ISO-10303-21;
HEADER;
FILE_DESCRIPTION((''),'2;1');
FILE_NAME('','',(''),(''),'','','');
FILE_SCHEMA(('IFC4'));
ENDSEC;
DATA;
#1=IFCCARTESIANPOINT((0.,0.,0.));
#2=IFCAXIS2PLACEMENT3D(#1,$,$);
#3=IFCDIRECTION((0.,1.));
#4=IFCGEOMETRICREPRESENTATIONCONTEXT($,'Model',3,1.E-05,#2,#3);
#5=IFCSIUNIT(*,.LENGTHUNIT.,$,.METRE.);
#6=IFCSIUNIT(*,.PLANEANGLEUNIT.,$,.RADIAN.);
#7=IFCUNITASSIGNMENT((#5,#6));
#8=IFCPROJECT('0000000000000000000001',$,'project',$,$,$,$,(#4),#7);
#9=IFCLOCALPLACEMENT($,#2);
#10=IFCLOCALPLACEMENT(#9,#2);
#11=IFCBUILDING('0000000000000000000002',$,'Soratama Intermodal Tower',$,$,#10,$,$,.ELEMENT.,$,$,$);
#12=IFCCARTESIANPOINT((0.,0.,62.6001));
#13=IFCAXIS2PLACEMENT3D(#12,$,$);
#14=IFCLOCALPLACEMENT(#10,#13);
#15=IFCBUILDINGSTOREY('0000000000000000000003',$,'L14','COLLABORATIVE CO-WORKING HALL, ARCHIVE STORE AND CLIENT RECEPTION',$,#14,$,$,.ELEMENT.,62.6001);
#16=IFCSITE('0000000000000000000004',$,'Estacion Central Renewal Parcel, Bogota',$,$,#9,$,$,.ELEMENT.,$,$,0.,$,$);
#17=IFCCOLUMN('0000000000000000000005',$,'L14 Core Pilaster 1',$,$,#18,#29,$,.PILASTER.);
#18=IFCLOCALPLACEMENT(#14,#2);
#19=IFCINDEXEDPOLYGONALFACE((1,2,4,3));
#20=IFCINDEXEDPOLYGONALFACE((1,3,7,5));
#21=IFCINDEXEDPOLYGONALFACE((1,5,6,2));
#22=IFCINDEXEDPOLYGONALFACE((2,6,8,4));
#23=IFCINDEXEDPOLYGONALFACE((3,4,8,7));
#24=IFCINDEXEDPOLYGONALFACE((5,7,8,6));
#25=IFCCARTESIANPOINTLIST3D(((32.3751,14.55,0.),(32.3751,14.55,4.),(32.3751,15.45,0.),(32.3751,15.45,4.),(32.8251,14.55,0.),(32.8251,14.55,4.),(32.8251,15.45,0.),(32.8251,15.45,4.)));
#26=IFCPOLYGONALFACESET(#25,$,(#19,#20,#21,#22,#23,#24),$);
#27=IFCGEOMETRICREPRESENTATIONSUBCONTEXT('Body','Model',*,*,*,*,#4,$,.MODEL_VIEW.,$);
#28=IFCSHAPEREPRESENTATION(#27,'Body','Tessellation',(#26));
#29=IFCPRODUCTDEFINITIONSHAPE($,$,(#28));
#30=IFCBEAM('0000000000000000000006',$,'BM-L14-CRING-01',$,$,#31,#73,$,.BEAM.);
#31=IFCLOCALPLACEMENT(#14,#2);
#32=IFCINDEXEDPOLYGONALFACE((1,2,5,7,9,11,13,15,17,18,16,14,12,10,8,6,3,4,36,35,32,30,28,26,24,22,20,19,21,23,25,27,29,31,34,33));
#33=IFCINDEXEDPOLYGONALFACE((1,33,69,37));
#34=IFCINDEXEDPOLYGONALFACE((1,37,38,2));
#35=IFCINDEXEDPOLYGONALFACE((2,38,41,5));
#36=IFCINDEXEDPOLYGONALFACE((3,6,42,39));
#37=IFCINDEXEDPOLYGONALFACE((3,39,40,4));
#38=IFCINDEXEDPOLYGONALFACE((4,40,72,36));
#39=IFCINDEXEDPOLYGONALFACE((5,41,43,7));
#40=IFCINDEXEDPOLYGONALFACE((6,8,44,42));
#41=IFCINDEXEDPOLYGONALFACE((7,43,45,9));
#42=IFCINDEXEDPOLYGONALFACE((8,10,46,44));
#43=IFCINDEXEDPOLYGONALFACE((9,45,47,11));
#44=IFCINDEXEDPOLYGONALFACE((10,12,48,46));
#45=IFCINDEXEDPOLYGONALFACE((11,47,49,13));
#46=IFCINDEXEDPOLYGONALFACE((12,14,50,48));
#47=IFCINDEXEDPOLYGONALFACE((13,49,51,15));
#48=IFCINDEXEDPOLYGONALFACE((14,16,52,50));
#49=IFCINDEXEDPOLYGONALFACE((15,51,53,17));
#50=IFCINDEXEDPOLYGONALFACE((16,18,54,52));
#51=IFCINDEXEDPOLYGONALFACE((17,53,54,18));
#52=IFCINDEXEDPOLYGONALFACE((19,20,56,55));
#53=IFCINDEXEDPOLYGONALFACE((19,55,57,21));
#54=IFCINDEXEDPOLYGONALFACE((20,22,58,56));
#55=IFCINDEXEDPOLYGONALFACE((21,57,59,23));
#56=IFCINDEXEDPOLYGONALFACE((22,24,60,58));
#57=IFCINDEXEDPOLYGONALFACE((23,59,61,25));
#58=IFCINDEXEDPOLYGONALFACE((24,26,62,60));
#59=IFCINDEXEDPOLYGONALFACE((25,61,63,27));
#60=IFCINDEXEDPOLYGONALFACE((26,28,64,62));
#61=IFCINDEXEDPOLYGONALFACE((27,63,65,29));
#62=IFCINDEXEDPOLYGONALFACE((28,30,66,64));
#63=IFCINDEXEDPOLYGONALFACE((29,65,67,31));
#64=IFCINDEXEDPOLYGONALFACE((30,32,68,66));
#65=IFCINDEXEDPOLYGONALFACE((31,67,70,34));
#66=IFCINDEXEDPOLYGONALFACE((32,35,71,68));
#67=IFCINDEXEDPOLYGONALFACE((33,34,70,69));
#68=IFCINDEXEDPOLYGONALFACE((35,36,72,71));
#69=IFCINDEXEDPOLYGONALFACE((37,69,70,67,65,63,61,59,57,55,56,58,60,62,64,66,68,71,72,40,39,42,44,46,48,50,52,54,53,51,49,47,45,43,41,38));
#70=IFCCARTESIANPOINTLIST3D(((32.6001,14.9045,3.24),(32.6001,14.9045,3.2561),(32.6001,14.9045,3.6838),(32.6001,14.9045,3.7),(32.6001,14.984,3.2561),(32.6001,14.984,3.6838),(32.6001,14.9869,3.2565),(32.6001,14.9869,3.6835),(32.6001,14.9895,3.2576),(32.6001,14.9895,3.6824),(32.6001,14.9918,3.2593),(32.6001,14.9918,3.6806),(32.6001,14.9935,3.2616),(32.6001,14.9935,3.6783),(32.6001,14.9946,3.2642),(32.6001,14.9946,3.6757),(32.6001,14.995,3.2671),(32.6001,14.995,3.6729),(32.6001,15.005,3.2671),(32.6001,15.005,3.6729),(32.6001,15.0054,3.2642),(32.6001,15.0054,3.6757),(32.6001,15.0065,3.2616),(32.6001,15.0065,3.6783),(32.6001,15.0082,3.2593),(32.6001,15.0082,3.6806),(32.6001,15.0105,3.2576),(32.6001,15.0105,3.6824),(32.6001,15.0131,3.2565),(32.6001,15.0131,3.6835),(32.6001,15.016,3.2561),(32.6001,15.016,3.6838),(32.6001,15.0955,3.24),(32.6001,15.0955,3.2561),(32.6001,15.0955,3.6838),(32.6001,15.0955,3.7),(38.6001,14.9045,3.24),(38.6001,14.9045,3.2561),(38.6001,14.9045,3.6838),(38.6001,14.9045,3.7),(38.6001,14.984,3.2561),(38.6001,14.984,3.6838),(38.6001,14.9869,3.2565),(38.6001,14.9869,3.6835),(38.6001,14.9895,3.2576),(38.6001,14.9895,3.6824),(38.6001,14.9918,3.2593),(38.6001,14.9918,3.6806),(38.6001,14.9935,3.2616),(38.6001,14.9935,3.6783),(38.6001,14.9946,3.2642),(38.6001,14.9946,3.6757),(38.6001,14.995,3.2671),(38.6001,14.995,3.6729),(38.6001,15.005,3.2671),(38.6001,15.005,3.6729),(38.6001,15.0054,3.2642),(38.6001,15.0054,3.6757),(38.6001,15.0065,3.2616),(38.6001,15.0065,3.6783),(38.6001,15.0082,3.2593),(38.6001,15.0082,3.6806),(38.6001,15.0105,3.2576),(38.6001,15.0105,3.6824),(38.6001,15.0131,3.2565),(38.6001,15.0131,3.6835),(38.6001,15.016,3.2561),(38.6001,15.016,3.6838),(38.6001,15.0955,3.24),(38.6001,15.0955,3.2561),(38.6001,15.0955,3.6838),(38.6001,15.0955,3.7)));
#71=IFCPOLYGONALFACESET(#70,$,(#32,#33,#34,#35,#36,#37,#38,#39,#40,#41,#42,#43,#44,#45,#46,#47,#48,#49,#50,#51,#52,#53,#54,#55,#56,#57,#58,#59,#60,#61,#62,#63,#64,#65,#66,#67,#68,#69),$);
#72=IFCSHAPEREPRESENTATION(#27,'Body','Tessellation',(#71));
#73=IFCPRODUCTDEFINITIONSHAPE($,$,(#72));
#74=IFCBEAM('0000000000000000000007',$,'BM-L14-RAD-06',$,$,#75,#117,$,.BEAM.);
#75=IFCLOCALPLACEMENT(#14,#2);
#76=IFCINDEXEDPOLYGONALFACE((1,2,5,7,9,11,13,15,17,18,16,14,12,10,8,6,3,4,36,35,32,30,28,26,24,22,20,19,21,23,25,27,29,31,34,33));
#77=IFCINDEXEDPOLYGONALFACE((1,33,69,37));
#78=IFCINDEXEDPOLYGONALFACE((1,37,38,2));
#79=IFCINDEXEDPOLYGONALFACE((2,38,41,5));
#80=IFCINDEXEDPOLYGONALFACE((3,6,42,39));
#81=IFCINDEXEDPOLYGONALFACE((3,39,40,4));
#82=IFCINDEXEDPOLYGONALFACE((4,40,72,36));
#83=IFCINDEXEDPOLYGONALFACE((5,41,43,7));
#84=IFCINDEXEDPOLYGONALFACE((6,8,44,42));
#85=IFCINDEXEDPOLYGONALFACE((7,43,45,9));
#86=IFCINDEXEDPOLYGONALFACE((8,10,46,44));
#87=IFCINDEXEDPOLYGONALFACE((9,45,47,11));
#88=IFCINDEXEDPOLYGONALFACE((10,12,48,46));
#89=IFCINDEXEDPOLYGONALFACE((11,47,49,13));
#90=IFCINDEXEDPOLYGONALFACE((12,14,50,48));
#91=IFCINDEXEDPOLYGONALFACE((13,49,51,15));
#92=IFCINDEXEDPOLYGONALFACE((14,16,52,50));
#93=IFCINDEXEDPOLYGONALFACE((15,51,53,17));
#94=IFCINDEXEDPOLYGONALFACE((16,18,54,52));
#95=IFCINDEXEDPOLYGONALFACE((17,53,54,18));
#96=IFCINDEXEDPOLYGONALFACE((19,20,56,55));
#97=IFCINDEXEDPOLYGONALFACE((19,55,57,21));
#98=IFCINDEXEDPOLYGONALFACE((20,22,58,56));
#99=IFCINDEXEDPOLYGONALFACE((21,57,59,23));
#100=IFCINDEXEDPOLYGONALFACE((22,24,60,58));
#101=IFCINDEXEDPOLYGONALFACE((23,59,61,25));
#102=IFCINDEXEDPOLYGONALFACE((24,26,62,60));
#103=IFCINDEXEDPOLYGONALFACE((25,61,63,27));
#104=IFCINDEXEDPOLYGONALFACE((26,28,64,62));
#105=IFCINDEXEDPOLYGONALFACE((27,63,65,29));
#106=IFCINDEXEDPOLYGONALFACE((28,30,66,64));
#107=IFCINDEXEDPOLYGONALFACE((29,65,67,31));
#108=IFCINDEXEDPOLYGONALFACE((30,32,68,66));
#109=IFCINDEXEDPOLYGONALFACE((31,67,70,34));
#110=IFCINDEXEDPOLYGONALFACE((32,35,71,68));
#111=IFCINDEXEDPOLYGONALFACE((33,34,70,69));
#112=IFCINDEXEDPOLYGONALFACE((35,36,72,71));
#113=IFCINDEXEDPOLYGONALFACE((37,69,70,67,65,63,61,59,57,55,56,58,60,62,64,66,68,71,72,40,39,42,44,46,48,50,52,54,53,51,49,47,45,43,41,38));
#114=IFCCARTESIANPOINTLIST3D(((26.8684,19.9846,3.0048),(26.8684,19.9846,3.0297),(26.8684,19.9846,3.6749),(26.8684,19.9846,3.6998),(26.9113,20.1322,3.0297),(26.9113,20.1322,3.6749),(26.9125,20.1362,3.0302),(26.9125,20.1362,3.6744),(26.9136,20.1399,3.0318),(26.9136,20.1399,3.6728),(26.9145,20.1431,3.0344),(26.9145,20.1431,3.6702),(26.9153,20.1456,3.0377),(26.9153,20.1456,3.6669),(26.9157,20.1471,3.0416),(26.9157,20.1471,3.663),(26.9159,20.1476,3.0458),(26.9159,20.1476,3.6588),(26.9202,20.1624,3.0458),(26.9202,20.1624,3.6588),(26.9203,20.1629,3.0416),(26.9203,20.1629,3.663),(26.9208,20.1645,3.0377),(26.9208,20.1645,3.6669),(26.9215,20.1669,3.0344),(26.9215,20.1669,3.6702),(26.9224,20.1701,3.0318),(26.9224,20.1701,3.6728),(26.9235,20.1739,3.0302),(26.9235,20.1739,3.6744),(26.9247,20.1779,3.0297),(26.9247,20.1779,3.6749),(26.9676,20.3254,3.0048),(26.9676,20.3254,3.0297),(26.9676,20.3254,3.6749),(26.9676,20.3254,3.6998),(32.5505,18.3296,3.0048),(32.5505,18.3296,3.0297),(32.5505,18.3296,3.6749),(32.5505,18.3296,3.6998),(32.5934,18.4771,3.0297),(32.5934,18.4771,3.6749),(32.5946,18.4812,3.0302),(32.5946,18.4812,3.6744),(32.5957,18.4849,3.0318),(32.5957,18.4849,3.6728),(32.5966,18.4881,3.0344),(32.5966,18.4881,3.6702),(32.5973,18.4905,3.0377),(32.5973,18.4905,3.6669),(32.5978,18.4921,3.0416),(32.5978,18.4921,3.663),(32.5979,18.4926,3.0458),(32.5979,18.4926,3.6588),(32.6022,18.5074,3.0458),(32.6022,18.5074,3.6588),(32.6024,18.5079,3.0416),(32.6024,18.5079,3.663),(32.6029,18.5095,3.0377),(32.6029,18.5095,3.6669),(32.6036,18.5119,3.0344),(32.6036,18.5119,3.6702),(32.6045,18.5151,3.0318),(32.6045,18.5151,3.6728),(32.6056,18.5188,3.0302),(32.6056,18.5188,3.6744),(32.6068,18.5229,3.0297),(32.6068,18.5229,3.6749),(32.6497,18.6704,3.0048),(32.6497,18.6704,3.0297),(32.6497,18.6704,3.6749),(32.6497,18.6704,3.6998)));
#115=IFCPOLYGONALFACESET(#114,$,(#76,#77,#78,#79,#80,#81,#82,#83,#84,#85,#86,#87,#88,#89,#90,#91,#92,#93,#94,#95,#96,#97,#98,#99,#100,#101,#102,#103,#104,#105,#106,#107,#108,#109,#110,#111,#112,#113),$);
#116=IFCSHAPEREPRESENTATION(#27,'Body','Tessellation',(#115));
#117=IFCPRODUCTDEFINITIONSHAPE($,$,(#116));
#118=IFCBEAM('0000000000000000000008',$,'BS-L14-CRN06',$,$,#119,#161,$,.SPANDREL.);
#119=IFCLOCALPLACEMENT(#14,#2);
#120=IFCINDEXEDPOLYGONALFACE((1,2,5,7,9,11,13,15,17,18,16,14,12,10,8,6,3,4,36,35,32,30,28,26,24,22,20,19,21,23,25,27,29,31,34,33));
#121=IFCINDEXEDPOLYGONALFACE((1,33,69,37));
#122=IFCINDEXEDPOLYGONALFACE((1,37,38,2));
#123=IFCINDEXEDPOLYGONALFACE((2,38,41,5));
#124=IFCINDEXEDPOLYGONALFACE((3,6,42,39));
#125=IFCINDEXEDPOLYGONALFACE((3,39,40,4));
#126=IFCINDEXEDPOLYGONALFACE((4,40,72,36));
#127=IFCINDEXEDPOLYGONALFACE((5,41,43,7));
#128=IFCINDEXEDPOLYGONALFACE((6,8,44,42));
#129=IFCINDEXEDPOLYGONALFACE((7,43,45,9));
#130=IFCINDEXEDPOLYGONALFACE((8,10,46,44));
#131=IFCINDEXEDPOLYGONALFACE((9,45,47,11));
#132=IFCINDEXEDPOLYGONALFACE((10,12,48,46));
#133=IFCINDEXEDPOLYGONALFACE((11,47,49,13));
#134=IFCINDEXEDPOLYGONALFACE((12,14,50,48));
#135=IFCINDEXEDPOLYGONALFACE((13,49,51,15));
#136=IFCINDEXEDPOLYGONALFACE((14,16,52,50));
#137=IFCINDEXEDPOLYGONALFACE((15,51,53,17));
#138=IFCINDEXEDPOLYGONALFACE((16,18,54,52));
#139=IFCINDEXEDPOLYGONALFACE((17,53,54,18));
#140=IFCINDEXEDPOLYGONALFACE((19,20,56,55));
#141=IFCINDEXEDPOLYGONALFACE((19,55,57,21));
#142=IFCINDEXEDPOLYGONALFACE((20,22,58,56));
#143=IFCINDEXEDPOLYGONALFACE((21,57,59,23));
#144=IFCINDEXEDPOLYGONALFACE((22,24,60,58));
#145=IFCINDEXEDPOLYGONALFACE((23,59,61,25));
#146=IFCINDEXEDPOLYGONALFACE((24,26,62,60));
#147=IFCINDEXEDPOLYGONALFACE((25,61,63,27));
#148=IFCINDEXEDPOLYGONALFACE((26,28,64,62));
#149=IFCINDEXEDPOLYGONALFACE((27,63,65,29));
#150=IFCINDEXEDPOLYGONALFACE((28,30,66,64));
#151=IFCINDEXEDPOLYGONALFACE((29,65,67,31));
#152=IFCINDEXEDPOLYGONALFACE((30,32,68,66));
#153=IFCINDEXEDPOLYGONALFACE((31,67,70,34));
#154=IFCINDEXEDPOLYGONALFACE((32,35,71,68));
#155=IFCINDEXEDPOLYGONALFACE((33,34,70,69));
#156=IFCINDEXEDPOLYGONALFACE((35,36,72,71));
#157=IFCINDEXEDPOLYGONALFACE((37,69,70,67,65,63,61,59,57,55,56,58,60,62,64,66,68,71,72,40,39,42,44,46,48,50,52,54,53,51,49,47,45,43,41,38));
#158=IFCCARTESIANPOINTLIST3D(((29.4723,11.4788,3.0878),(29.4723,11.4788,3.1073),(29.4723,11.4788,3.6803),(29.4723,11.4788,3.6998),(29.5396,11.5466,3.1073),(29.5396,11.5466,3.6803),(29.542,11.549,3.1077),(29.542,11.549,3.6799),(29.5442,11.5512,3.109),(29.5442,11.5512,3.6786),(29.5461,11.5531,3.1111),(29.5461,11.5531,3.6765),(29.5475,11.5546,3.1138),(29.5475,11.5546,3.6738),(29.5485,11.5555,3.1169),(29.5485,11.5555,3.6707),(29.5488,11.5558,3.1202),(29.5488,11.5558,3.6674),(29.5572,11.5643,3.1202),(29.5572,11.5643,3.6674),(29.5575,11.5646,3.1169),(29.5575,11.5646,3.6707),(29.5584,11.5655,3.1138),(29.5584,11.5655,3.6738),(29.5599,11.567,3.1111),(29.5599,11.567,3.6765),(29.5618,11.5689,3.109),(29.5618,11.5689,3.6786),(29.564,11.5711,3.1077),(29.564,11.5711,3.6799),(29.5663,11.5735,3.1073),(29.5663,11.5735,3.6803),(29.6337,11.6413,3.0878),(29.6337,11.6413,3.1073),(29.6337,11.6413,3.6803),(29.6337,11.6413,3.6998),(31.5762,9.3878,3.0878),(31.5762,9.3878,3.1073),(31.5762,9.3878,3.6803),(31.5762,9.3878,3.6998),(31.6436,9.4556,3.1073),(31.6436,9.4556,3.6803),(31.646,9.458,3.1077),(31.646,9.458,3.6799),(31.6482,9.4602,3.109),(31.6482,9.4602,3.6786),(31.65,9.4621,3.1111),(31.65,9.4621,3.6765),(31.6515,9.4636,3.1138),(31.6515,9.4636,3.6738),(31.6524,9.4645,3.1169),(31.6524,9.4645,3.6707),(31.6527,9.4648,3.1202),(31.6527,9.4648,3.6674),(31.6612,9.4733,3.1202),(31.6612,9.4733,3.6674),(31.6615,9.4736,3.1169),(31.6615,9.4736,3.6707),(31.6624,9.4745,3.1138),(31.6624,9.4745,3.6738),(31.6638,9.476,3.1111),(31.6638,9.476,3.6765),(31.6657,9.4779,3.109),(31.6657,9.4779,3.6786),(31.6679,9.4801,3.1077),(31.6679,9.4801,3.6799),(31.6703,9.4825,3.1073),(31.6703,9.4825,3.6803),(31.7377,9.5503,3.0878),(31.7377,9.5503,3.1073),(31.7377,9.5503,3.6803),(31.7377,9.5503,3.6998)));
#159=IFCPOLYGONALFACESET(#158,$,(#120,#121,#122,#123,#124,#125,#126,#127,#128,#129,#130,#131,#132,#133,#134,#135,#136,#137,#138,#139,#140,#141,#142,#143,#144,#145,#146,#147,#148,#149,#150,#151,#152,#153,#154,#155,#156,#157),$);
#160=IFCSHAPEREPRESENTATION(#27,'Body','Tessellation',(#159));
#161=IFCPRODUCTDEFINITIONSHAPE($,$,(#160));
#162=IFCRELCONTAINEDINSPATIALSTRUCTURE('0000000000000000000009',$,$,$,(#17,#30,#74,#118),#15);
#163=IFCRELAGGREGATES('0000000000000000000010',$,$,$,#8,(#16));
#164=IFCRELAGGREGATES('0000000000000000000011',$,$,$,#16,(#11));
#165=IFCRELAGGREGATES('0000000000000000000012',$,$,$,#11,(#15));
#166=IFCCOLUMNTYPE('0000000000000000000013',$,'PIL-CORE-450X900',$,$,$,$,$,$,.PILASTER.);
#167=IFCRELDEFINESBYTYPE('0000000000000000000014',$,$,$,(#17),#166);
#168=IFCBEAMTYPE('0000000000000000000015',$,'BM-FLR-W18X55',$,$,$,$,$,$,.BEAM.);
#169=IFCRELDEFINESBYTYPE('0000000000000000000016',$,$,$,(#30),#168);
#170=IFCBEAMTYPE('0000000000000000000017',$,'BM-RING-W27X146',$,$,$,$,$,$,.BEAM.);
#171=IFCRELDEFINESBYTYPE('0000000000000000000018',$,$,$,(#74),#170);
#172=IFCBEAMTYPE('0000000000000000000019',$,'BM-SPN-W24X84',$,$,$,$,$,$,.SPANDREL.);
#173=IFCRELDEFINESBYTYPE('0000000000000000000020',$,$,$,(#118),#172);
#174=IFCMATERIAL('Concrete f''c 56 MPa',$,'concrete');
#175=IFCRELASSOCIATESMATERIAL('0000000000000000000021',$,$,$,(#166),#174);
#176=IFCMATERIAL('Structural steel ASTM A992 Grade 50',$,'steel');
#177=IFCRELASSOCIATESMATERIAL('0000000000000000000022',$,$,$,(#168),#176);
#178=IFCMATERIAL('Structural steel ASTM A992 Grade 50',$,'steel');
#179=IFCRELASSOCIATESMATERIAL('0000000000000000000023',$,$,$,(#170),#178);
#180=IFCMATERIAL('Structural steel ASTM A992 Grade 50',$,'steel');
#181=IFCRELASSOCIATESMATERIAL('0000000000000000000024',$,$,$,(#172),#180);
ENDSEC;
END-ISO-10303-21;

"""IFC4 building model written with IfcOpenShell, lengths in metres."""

from ifc_helpers import new_model, si_unit, direction, frame, origin, origin_2d, place, context, subcontext, project, spatial, rectangle, i_section, extrude, material, material_profile, profile_set, type_object, element, save


model = new_model("IFC4")

# Units and contexts
model_context = context("Model", 3, precision=1e-05, world=origin(), true_north=direction((0.0, 1.0)))
body_context = subcontext(model_context, "Body", "Model", "MODEL_VIEW")
ifc_project = project(units=[si_unit("LENGTHUNIT", "METRE"), si_unit("PLANEANGLEUNIT", "RADIAN")], contexts=[model_context])

# Site, building, storey
site_placement = place(None, origin())
site = spatial("IfcSite", under=ifc_project, at=site_placement, Name="Estacion Central Renewal Parcel, Bogota", CompositionType="ELEMENT", RefElevation=0.0)
building_placement = place(site_placement, origin())
building = spatial("IfcBuilding", under=site, at=building_placement, Name="Soratama Intermodal Tower", CompositionType="ELEMENT")
storey_placement = place(building_placement, frame((0.0, 0.0, 62.6001)))
storey = spatial("IfcBuildingStorey", under=building, at=storey_placement, Name="L14", Description="COLLABORATIVE CO-WORKING HALL, ARCHIVE STORE AND CLIENT RECEPTION", CompositionType="ELEMENT", Elevation=62.6001)

# Column
ifc_material_1 = material(Name="Concrete f'c 56 MPa", Category="concrete")
ifc_material_profile_1 = material_profile(ifc_material_1, rectangle(XDim=0.45, YDim=0.8999, at=origin_2d()), Name="RC450X900")
ifc_profile_set_1 = profile_set([ifc_material_profile_1], Name="Concrete f'c 56 MPa")
column_type = type_object("IfcColumnType", Name="PIL-CORE-450X900", PredefinedType="PILASTER", material=ifc_profile_set_1)
column_placement = place(storey_placement, frame((32.6001, 15.0, 0.0), z_axis=(0.0, 0.0, 1.0), x_axis=(1.0, 0.0, 0.0)))
element("IfcColumn", 1, at=column_placement, inside=storey, type_object=column_type, Name="L14 Core Pilaster 1", PredefinedType="PILASTER", context=body_context, shape_type="SweptSolid", body=[
    extrude(rectangle(XDim=0.45, YDim=0.8999, at=origin_2d()), origin(), (0.0, 0.0, 1.0), 4.0),
])

# Beams
ifc_material_2 = material(Name="Structural steel ASTM A992 Grade 50", Category="steel")
ifc_material_profile_2 = material_profile(ifc_material_2, i_section(OverallWidth=0.1909, OverallDepth=0.46, WebThickness=0.01, FlangeThickness=0.0161, FilletRadius=0.011, at=origin_2d()), Name="W18X55")
ifc_profile_set_2 = profile_set([ifc_material_profile_2], Name="Structural steel ASTM A992 Grade 50")
beam_type_1 = type_object("IfcBeamType", Name="BM-FLR-W18X55", PredefinedType="BEAM", material=ifc_profile_set_2)
beam_1_placement = place(storey_placement, frame((32.6001, 15.0, 3.47), z_axis=(1.0, 0.0, 0.0), x_axis=(0.0, 1.0, 0.0)))
element("IfcBeam", 2, at=beam_1_placement, inside=storey, type_object=beam_type_1, Name="BM-L14-CRING-01", PredefinedType="BEAM", context=body_context, shape_type="SweptSolid", body=[
    extrude(i_section(OverallWidth=0.1909, OverallDepth=0.46, WebThickness=0.01, FlangeThickness=0.0161, FilletRadius=0.011, at=origin_2d()), origin(), (0.0, 0.0, 1.0), 6.0),
])
ifc_material_3 = material(Name="Structural steel ASTM A992 Grade 50", Category="steel")
ifc_material_profile_3 = material_profile(ifc_material_3, i_section(OverallWidth=0.355, OverallDepth=0.6951, WebThickness=0.0154, FlangeThickness=0.0249, FilletRadius=0.0161, at=origin_2d()), Name="W27X146")
ifc_profile_set_3 = profile_set([ifc_material_profile_3], Name="Structural steel ASTM A992 Grade 50")
beam_type_2 = type_object("IfcBeamType", Name="BM-RING-W27X146", PredefinedType="BEAM", material=ifc_profile_set_3)
beam_2_placement = place(storey_placement, frame((32.6001, 18.5, 3.3523), z_axis=(-0.960103, 0.279648, 0.0), x_axis=(-0.279648, -0.960103, 0.0)))
element("IfcBeam", 3, at=beam_2_placement, inside=storey, type_object=beam_type_2, Name="BM-L14-RAD-06", PredefinedType="BEAM", context=body_context, shape_type="SweptSolid", body=[
    extrude(i_section(OverallWidth=0.355, OverallDepth=0.6951, WebThickness=0.0154, FlangeThickness=0.0249, FilletRadius=0.0161, at=origin_2d()), origin(), (0.0, 0.0, 1.0), 5.9182),
])
ifc_material_4 = material(Name="Structural steel ASTM A992 Grade 50", Category="steel")
ifc_material_profile_4 = material_profile(ifc_material_4, i_section(OverallWidth=0.229, OverallDepth=0.6121, WebThickness=0.012, FlangeThickness=0.0195, FilletRadius=0.0129, at=origin_2d()), Name="W24X84")
ifc_profile_set_4 = profile_set([ifc_material_profile_4], Name="Structural steel ASTM A992 Grade 50")
beam_type_3 = type_object("IfcBeamType", Name="BM-SPN-W24X84", PredefinedType="SPANDREL", material=ifc_profile_set_4)
beam_3_placement = place(storey_placement, frame((29.553, 11.5601, 3.3938), z_axis=(0.709284, -0.704922, 0.0), x_axis=(0.704922, 0.709284, 0.0)))
element("IfcBeam", 4, at=beam_3_placement, inside=storey, type_object=beam_type_3, Name="BS-L14-CRN06", PredefinedType="SPANDREL", context=body_context, shape_type="SweptSolid", body=[
    extrude(i_section(OverallWidth=0.229, OverallDepth=0.6121, WebThickness=0.012, FlangeThickness=0.0195, FilletRadius=0.0129, at=origin_2d()), origin(), (0.0, 0.0, 1.0), 2.9663),
])

save(model, "model.ifc")
